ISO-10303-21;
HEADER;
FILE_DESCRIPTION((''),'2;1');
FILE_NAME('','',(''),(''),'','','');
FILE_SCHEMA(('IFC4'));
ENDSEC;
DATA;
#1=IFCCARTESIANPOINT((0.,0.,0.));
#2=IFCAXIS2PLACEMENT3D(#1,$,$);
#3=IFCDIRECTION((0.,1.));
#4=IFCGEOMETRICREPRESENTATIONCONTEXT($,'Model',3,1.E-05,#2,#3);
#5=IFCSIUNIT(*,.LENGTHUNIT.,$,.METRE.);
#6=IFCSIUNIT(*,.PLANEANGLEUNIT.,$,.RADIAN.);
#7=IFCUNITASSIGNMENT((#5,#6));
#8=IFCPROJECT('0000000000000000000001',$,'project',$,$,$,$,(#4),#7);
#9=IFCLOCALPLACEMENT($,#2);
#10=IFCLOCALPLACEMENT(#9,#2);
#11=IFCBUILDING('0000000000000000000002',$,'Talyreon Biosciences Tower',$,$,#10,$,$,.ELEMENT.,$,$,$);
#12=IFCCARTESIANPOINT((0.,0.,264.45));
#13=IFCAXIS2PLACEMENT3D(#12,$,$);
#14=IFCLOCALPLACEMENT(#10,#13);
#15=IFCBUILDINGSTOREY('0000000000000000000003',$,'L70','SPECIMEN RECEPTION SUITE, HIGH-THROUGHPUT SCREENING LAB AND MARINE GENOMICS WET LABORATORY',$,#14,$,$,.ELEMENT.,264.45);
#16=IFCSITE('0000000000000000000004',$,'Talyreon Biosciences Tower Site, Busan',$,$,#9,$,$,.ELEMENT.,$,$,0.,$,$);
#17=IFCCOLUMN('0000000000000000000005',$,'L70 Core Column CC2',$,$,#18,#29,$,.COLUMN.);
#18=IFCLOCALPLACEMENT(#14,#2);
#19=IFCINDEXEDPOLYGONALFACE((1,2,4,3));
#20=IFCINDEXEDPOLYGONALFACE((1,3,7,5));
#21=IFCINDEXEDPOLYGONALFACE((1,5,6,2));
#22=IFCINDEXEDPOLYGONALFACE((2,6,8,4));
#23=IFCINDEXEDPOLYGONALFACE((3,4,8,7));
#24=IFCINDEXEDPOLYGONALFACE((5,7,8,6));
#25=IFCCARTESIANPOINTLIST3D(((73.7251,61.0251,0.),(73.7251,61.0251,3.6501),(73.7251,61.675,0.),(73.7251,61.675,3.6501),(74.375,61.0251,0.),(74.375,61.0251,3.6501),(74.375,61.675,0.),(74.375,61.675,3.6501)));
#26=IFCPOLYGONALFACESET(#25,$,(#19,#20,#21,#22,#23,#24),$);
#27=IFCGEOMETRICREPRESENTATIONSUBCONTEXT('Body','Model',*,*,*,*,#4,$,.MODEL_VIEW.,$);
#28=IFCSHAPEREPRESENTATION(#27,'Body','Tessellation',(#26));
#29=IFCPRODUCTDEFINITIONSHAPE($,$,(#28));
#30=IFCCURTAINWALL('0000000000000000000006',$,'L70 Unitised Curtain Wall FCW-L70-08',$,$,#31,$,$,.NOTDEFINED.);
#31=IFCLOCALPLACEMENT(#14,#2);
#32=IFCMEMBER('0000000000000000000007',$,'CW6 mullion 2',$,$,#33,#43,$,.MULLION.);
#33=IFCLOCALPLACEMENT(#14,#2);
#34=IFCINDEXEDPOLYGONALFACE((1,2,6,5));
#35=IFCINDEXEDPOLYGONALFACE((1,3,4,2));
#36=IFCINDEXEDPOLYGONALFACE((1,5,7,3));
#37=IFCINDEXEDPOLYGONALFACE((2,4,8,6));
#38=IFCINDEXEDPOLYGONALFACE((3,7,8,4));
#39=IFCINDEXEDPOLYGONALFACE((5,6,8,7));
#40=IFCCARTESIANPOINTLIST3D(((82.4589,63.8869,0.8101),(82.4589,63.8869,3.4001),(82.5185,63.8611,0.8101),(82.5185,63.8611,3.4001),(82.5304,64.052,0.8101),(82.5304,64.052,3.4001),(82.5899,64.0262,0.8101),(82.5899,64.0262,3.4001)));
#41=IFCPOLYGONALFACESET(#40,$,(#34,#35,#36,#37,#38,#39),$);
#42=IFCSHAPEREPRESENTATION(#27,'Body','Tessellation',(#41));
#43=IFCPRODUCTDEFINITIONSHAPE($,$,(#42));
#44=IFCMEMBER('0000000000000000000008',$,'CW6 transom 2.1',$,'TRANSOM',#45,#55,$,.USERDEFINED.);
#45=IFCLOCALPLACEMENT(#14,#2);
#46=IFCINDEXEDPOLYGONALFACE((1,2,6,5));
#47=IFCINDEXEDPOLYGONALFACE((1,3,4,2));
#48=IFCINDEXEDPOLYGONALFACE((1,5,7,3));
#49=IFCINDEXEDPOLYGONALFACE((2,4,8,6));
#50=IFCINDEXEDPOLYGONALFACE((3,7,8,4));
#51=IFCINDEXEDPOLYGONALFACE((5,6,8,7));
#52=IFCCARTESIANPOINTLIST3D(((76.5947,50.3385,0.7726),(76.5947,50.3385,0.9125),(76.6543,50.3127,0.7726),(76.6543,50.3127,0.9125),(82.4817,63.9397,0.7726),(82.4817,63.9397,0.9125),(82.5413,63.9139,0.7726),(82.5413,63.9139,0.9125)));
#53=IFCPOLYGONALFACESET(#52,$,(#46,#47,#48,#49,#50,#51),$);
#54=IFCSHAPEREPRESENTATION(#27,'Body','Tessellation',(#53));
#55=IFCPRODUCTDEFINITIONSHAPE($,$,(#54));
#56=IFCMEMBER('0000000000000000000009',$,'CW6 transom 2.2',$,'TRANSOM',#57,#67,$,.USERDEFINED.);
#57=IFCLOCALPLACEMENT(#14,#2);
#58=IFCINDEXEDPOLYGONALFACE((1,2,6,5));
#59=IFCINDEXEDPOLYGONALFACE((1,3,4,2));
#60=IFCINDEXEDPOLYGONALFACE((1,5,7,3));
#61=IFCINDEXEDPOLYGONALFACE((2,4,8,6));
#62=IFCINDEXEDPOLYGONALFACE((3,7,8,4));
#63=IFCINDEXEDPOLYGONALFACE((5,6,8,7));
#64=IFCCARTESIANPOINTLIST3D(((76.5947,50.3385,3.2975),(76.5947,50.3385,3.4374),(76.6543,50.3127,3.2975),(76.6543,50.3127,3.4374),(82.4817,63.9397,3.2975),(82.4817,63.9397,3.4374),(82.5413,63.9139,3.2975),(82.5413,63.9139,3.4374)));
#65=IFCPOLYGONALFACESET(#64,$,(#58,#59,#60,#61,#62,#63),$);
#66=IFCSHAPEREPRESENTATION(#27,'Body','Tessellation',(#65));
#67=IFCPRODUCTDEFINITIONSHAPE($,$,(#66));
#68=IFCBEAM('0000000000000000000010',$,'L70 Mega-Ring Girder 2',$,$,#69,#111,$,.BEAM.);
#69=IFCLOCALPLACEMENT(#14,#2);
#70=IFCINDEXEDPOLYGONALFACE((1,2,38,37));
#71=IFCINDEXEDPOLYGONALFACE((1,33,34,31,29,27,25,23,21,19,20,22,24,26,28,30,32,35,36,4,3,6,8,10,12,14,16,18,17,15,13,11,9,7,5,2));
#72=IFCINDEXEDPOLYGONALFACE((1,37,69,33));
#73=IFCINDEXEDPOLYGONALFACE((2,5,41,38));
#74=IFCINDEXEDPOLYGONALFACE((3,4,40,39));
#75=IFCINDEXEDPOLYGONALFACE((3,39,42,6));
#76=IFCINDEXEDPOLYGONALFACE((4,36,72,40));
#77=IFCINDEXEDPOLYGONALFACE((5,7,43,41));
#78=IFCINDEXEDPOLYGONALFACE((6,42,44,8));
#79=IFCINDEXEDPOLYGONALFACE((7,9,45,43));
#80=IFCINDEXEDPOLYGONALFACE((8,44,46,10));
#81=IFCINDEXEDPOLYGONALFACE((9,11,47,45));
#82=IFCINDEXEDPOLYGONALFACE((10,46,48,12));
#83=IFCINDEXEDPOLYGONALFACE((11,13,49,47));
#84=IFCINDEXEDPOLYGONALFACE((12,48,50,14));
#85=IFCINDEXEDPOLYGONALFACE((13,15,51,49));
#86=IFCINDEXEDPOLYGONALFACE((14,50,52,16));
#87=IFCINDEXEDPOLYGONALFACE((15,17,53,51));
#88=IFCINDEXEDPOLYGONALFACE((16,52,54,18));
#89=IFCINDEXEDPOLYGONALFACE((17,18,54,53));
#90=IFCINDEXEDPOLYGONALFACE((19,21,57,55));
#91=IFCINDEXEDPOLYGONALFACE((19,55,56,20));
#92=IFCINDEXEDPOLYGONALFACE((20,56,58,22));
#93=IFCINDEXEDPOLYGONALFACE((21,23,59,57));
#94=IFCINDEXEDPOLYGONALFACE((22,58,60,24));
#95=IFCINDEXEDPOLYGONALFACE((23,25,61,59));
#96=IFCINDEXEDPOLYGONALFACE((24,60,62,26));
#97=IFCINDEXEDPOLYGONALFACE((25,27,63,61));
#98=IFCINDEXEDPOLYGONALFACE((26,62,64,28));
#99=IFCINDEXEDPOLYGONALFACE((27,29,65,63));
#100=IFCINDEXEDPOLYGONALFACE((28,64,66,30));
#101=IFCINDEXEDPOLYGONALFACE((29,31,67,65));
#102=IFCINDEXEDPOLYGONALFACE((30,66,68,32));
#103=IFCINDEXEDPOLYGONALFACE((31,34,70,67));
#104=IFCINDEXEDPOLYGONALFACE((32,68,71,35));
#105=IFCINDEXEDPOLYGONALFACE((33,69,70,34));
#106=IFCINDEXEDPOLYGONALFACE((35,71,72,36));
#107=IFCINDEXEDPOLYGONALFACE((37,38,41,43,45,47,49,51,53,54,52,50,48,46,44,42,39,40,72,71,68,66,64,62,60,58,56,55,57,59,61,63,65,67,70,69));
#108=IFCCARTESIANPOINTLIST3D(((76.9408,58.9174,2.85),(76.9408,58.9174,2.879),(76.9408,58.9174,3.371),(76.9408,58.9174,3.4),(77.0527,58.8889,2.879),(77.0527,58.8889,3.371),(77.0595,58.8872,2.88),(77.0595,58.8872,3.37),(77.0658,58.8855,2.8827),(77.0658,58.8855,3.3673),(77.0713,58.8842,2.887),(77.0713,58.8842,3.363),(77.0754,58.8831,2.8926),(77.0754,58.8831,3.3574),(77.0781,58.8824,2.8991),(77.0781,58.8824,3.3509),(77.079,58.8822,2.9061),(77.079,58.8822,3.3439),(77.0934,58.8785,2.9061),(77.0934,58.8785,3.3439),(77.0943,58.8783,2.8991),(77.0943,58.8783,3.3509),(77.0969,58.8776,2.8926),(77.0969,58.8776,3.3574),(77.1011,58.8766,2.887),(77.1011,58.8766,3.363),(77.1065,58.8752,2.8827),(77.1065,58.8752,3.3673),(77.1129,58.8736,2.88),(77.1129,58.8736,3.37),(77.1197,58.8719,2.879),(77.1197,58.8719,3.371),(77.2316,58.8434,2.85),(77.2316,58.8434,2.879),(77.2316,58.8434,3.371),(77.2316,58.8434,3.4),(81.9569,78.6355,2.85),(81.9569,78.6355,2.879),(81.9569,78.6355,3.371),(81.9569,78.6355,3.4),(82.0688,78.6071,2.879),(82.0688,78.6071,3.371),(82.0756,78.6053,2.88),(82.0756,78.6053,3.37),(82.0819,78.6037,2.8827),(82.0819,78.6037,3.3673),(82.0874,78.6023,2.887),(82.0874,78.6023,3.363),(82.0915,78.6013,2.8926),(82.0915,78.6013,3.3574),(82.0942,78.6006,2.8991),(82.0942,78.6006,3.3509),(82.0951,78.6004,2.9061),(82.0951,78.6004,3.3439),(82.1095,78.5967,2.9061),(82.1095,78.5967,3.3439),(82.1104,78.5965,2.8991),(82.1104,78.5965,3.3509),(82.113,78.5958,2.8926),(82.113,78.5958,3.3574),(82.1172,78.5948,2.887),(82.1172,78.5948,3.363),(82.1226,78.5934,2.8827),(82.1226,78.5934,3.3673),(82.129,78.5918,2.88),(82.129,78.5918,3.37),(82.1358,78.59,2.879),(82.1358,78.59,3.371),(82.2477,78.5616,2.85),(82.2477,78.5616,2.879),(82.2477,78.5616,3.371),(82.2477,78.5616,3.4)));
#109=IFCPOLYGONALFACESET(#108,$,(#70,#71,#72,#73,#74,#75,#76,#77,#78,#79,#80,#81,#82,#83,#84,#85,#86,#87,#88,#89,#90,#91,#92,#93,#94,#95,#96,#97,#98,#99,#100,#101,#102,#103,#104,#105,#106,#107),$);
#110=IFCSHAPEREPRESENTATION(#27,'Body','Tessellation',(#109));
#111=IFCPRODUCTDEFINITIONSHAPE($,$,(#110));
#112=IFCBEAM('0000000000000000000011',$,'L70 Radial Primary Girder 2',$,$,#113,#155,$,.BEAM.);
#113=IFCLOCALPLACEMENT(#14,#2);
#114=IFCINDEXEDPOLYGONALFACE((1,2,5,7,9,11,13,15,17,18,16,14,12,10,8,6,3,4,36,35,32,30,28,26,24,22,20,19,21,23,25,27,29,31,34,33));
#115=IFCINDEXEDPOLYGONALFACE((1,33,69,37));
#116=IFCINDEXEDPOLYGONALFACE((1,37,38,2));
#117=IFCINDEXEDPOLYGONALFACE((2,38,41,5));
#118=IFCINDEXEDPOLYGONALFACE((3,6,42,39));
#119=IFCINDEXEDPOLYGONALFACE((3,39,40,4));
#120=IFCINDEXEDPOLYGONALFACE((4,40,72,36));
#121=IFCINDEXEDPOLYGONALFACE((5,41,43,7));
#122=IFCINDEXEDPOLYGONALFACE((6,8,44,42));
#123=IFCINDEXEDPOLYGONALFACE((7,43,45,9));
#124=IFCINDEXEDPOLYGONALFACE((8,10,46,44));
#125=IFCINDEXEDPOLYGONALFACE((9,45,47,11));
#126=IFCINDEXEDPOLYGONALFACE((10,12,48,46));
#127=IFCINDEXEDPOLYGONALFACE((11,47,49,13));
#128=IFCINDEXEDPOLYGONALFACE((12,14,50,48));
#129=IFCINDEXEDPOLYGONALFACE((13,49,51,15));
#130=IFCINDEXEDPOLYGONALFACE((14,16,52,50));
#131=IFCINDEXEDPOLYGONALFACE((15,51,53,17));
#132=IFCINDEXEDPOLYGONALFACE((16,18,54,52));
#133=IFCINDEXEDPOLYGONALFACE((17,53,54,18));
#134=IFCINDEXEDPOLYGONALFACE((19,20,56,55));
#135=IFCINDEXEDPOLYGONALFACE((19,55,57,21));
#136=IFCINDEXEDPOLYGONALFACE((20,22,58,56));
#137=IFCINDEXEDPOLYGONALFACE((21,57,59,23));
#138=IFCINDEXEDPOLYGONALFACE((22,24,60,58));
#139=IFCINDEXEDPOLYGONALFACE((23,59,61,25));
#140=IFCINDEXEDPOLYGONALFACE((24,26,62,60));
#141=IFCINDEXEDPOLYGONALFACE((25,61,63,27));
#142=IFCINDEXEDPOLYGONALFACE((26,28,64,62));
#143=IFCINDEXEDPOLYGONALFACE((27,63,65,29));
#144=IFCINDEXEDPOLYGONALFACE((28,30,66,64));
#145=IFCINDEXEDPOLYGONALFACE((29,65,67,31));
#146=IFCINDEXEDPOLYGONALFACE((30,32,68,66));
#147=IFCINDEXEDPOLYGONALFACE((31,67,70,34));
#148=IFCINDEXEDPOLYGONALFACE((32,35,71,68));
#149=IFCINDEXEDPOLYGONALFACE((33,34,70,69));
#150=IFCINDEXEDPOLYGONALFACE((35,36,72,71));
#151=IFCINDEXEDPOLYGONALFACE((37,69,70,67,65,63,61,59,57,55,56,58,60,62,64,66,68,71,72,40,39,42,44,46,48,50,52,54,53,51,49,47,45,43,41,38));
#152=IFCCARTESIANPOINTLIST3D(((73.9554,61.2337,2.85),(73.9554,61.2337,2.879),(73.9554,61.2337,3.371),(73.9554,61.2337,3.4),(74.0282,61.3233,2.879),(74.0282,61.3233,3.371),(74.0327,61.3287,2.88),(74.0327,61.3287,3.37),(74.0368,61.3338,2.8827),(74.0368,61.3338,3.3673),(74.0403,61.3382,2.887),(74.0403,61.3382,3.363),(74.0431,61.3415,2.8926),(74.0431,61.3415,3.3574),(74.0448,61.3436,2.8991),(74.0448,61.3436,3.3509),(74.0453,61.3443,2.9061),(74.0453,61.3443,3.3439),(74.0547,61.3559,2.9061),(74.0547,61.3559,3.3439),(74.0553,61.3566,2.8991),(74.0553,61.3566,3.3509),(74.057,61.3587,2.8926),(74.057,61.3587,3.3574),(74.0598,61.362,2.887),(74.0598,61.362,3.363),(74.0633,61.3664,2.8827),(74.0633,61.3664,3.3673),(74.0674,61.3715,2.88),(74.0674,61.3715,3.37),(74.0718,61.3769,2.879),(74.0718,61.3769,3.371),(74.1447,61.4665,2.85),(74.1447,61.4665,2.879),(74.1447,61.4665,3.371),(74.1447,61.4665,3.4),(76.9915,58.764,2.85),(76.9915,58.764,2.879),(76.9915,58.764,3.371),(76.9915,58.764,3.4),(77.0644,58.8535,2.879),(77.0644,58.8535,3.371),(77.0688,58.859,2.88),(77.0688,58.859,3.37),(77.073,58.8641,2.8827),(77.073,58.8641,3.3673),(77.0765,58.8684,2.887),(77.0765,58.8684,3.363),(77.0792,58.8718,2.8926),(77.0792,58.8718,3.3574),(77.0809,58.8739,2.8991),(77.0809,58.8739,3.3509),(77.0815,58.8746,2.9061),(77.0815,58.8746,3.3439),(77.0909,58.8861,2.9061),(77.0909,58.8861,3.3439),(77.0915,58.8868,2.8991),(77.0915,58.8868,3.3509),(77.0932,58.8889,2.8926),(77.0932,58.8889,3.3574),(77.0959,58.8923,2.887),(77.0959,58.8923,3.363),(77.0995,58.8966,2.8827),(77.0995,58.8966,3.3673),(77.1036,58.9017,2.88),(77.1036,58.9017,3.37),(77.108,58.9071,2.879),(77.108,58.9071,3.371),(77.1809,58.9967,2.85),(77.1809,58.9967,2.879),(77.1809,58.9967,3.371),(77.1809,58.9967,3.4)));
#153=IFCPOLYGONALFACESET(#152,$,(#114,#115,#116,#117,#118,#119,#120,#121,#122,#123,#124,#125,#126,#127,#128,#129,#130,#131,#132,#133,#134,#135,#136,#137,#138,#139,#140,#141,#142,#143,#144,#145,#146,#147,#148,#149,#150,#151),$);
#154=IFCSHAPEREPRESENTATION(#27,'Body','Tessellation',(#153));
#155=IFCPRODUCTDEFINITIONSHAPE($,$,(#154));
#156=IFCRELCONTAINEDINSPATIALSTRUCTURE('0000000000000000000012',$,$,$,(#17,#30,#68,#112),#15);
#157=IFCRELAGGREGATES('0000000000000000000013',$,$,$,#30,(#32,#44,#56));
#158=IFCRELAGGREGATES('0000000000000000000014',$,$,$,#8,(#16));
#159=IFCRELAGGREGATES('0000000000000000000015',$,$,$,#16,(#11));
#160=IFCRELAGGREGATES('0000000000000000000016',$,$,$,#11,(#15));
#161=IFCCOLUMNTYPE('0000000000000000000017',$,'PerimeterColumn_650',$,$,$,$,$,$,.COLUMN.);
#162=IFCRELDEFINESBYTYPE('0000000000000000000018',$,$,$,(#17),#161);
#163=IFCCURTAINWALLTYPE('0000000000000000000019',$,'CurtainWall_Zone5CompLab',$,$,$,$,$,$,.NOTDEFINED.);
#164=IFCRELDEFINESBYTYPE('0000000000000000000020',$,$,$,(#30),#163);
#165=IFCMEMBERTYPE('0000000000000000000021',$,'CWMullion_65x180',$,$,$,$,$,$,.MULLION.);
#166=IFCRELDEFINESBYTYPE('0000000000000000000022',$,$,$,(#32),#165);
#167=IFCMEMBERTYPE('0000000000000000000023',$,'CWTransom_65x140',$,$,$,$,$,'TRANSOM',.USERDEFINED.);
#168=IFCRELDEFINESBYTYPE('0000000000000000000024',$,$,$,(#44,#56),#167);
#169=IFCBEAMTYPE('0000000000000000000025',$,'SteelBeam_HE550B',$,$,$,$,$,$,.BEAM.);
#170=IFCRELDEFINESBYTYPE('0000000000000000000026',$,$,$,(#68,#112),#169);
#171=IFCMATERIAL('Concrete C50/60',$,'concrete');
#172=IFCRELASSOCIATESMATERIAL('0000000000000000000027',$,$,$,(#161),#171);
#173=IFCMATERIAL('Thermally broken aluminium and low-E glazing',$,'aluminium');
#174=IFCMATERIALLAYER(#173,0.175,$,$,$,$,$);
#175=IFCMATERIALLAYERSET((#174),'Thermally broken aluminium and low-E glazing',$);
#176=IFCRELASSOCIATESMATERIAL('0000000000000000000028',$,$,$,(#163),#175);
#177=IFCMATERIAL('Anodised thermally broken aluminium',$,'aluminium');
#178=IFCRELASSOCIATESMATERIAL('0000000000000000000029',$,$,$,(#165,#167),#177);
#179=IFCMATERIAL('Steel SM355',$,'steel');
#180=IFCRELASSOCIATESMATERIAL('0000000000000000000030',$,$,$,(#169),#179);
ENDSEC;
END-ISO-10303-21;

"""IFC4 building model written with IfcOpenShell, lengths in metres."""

from ifc_helpers import new_model, si_unit, direction, frame, origin, origin_2d, place, context, subcontext, project, spatial, rectangle, i_section, extrude, material, layer, layer_set, material_profile, profile_set, type_object, element, aggregate, save


model = new_model("IFC4")

# Units and contexts
model_context = context("Model", 3, precision=1e-05, world=origin(), true_north=direction((0.0, 1.0)))
body_context = subcontext(model_context, "Body", "Model", "MODEL_VIEW")
ifc_project = project(units=[si_unit("LENGTHUNIT", "METRE"), si_unit("PLANEANGLEUNIT", "RADIAN")], contexts=[model_context])

# Site, building, storey
site_placement = place(None, origin())
site = spatial("IfcSite", under=ifc_project, at=site_placement, Name="Talyreon Biosciences Tower Site, Busan", CompositionType="ELEMENT", RefElevation=0.0)
building_placement = place(site_placement, origin())
building = spatial("IfcBuilding", under=site, at=building_placement, Name="Talyreon Biosciences Tower", CompositionType="ELEMENT")
storey_placement = place(building_placement, frame((0.0, 0.0, 264.45)))
storey = spatial("IfcBuildingStorey", under=building, at=storey_placement, Name="L70", Description="SPECIMEN RECEPTION SUITE, HIGH-THROUGHPUT SCREENING LAB AND MARINE GENOMICS WET LABORATORY", CompositionType="ELEMENT", Elevation=264.45)

# Column
ifc_material_1 = material(Name="Concrete C50/60", Category="concrete")
ifc_material_profile_1 = material_profile(ifc_material_1, rectangle(XDim=0.6499, YDim=0.6499, at=origin_2d()), Name="RC 650x650")
ifc_profile_set_1 = profile_set([ifc_material_profile_1], Name="Concrete C50/60")
column_type = type_object("IfcColumnType", Name="PerimeterColumn_650", PredefinedType="COLUMN", material=ifc_profile_set_1)
column_placement = place(storey_placement, frame((74.05, 61.3501, 0.0), z_axis=(0.0, 0.0, 1.0), x_axis=(1.0, 0.0, 0.0)))
element("IfcColumn", 1, at=column_placement, inside=storey, type_object=column_type, Name="L70 Core Column CC2", PredefinedType="COLUMN", context=body_context, shape_type="SweptSolid", body=[
    extrude(rectangle(XDim=0.6499, YDim=0.6499, at=origin_2d()), origin(), (0.0, 0.0, 1.0), 3.6501),
])

# Curtain wall, members
ifc_material_2 = material(Name="Thermally broken aluminium and low-E glazing", Category="aluminium")
ifc_layer_1 = layer(ifc_material_2, 0.175)
ifc_layer_set_1 = layer_set([ifc_layer_1], Name="Thermally broken aluminium and low-E glazing")
curtain_wall_type = type_object("IfcCurtainWallType", Name="CurtainWall_Zone5CompLab", PredefinedType="NOTDEFINED", material=ifc_layer_set_1)
curtain_wall_placement = place(storey_placement, origin())
curtain_wall = element("IfcCurtainWall", 2, at=curtain_wall_placement, inside=storey, type_object=curtain_wall_type, Name="L70 Unitised Curtain Wall FCW-L70-08", PredefinedType="NOTDEFINED")
ifc_material_3 = material(Name="Anodised thermally broken aluminium", Category="aluminium")
ifc_material_profile_2 = material_profile(ifc_material_3, rectangle(XDim=0.0649, YDim=0.1799, at=origin_2d()), Name="ALUM MULLION 65x180")
ifc_profile_set_2 = profile_set([ifc_material_profile_2], Name="Anodised thermally broken aluminium")
member_type_1 = type_object("IfcMemberType", Name="CWMullion_65x180", PredefinedType="MULLION", material=ifc_profile_set_2)
member_1_placement = place(storey_placement, frame((82.5244, 63.9565, 0.8101), z_axis=(0.0, 0.0, 1.0), x_axis=(0.917723, -0.397221, 0.0)))
member_1 = element("IfcMember", 3, at=member_1_placement, type_object=member_type_1, Name="CW6 mullion 2", PredefinedType="MULLION", context=body_context, shape_type="SweptSolid", body=[
    extrude(rectangle(XDim=0.0649, YDim=0.1799, at=origin_2d()), origin(), (0.0, 0.0, 1.0), 2.5901),
])
ifc_material_profile_3 = material_profile(ifc_material_3, rectangle(XDim=0.0649, YDim=0.1399, at=origin_2d()), Name="ALUM TRANSOM 65x140")
ifc_profile_set_3 = profile_set([ifc_material_profile_3], Name="Anodised thermally broken aluminium")
member_type_2 = type_object("IfcMemberType", Name="CWTransom_65x140", ElementType="TRANSOM", PredefinedType="USERDEFINED", material=ifc_profile_set_3)
member_2_placement = place(storey_placement, frame((82.5115, 63.9268, 0.8425), z_axis=(-0.397219, -0.917724, 0.0), x_axis=(0.917724, -0.397219, 0.0)))
member_2 = element("IfcMember", 4, at=member_2_placement, type_object=member_type_2, Name="CW6 transom 2.1", ObjectType="TRANSOM", PredefinedType="USERDEFINED", context=body_context, shape_type="SweptSolid", body=[
    extrude(rectangle(XDim=0.0649, YDim=0.1399, at=origin_2d()), origin(), (0.0, 0.0, 1.0), 14.8206),
])
member_3_placement = place(storey_placement, frame((82.5115, 63.9268, 3.3674), z_axis=(-0.397219, -0.917724, 0.0), x_axis=(0.917724, -0.397219, 0.0)))
member_3 = element("IfcMember", 5, at=member_3_placement, type_object=member_type_2, Name="CW6 transom 2.2", ObjectType="TRANSOM", PredefinedType="USERDEFINED", context=body_context, shape_type="SweptSolid", body=[
    extrude(rectangle(XDim=0.0649, YDim=0.1399, at=origin_2d()), origin(), (0.0, 0.0, 1.0), 14.8206),
])
aggregate(curtain_wall, [member_1, member_2, member_3])

# Beams
ifc_material_4 = material(Name="Steel SM355", Category="steel")
ifc_material_profile_4 = material_profile(ifc_material_4, i_section(OverallWidth=0.3, OverallDepth=0.55, WebThickness=0.0149, FlangeThickness=0.0291, FilletRadius=0.0271, at=origin_2d()), Name="HE550B")
ifc_profile_set_4 = profile_set([ifc_material_profile_4], Name="Steel SM355")
beam_type_1 = type_object("IfcBeamType", Name="SteelBeam_HE550B", PredefinedType="BEAM", material=ifc_profile_set_4)
beam_1_placement = place(storey_placement, frame((77.0862, 58.8804, 3.125), z_axis=(0.246537, 0.969133, 0.0), x_axis=(-0.969133, 0.246537, 0.0)))
element("IfcBeam", 6, at=beam_1_placement, inside=storey, type_object=beam_type_1, Name="L70 Mega-Ring Girder 2", PredefinedType="BEAM", context=body_context, shape_type="SweptSolid", body=[
    extrude(i_section(OverallWidth=0.3, OverallDepth=0.55, WebThickness=0.0149, FlangeThickness=0.0291, FilletRadius=0.0271, at=origin_2d()), origin(), (0.0, 0.0, 1.0), 20.3462),
])
beam_2_placement = place(storey_placement, frame((74.05, 61.3501, 3.125), z_axis=(0.775755, -0.631034, 0.0), x_axis=(0.631034, 0.775755, 0.0)))
element("IfcBeam", 7, at=beam_2_placement, inside=storey, type_object=beam_type_1, Name="L70 Radial Primary Girder 2", PredefinedType="BEAM", context=body_context, shape_type="SweptSolid", body=[
    extrude(i_section(OverallWidth=0.3, OverallDepth=0.55, WebThickness=0.0149, FlangeThickness=0.0291, FilletRadius=0.0271, at=origin_2d()), origin(), (0.0, 0.0, 1.0), 3.9138),
])

save(model, "model.ifc")
